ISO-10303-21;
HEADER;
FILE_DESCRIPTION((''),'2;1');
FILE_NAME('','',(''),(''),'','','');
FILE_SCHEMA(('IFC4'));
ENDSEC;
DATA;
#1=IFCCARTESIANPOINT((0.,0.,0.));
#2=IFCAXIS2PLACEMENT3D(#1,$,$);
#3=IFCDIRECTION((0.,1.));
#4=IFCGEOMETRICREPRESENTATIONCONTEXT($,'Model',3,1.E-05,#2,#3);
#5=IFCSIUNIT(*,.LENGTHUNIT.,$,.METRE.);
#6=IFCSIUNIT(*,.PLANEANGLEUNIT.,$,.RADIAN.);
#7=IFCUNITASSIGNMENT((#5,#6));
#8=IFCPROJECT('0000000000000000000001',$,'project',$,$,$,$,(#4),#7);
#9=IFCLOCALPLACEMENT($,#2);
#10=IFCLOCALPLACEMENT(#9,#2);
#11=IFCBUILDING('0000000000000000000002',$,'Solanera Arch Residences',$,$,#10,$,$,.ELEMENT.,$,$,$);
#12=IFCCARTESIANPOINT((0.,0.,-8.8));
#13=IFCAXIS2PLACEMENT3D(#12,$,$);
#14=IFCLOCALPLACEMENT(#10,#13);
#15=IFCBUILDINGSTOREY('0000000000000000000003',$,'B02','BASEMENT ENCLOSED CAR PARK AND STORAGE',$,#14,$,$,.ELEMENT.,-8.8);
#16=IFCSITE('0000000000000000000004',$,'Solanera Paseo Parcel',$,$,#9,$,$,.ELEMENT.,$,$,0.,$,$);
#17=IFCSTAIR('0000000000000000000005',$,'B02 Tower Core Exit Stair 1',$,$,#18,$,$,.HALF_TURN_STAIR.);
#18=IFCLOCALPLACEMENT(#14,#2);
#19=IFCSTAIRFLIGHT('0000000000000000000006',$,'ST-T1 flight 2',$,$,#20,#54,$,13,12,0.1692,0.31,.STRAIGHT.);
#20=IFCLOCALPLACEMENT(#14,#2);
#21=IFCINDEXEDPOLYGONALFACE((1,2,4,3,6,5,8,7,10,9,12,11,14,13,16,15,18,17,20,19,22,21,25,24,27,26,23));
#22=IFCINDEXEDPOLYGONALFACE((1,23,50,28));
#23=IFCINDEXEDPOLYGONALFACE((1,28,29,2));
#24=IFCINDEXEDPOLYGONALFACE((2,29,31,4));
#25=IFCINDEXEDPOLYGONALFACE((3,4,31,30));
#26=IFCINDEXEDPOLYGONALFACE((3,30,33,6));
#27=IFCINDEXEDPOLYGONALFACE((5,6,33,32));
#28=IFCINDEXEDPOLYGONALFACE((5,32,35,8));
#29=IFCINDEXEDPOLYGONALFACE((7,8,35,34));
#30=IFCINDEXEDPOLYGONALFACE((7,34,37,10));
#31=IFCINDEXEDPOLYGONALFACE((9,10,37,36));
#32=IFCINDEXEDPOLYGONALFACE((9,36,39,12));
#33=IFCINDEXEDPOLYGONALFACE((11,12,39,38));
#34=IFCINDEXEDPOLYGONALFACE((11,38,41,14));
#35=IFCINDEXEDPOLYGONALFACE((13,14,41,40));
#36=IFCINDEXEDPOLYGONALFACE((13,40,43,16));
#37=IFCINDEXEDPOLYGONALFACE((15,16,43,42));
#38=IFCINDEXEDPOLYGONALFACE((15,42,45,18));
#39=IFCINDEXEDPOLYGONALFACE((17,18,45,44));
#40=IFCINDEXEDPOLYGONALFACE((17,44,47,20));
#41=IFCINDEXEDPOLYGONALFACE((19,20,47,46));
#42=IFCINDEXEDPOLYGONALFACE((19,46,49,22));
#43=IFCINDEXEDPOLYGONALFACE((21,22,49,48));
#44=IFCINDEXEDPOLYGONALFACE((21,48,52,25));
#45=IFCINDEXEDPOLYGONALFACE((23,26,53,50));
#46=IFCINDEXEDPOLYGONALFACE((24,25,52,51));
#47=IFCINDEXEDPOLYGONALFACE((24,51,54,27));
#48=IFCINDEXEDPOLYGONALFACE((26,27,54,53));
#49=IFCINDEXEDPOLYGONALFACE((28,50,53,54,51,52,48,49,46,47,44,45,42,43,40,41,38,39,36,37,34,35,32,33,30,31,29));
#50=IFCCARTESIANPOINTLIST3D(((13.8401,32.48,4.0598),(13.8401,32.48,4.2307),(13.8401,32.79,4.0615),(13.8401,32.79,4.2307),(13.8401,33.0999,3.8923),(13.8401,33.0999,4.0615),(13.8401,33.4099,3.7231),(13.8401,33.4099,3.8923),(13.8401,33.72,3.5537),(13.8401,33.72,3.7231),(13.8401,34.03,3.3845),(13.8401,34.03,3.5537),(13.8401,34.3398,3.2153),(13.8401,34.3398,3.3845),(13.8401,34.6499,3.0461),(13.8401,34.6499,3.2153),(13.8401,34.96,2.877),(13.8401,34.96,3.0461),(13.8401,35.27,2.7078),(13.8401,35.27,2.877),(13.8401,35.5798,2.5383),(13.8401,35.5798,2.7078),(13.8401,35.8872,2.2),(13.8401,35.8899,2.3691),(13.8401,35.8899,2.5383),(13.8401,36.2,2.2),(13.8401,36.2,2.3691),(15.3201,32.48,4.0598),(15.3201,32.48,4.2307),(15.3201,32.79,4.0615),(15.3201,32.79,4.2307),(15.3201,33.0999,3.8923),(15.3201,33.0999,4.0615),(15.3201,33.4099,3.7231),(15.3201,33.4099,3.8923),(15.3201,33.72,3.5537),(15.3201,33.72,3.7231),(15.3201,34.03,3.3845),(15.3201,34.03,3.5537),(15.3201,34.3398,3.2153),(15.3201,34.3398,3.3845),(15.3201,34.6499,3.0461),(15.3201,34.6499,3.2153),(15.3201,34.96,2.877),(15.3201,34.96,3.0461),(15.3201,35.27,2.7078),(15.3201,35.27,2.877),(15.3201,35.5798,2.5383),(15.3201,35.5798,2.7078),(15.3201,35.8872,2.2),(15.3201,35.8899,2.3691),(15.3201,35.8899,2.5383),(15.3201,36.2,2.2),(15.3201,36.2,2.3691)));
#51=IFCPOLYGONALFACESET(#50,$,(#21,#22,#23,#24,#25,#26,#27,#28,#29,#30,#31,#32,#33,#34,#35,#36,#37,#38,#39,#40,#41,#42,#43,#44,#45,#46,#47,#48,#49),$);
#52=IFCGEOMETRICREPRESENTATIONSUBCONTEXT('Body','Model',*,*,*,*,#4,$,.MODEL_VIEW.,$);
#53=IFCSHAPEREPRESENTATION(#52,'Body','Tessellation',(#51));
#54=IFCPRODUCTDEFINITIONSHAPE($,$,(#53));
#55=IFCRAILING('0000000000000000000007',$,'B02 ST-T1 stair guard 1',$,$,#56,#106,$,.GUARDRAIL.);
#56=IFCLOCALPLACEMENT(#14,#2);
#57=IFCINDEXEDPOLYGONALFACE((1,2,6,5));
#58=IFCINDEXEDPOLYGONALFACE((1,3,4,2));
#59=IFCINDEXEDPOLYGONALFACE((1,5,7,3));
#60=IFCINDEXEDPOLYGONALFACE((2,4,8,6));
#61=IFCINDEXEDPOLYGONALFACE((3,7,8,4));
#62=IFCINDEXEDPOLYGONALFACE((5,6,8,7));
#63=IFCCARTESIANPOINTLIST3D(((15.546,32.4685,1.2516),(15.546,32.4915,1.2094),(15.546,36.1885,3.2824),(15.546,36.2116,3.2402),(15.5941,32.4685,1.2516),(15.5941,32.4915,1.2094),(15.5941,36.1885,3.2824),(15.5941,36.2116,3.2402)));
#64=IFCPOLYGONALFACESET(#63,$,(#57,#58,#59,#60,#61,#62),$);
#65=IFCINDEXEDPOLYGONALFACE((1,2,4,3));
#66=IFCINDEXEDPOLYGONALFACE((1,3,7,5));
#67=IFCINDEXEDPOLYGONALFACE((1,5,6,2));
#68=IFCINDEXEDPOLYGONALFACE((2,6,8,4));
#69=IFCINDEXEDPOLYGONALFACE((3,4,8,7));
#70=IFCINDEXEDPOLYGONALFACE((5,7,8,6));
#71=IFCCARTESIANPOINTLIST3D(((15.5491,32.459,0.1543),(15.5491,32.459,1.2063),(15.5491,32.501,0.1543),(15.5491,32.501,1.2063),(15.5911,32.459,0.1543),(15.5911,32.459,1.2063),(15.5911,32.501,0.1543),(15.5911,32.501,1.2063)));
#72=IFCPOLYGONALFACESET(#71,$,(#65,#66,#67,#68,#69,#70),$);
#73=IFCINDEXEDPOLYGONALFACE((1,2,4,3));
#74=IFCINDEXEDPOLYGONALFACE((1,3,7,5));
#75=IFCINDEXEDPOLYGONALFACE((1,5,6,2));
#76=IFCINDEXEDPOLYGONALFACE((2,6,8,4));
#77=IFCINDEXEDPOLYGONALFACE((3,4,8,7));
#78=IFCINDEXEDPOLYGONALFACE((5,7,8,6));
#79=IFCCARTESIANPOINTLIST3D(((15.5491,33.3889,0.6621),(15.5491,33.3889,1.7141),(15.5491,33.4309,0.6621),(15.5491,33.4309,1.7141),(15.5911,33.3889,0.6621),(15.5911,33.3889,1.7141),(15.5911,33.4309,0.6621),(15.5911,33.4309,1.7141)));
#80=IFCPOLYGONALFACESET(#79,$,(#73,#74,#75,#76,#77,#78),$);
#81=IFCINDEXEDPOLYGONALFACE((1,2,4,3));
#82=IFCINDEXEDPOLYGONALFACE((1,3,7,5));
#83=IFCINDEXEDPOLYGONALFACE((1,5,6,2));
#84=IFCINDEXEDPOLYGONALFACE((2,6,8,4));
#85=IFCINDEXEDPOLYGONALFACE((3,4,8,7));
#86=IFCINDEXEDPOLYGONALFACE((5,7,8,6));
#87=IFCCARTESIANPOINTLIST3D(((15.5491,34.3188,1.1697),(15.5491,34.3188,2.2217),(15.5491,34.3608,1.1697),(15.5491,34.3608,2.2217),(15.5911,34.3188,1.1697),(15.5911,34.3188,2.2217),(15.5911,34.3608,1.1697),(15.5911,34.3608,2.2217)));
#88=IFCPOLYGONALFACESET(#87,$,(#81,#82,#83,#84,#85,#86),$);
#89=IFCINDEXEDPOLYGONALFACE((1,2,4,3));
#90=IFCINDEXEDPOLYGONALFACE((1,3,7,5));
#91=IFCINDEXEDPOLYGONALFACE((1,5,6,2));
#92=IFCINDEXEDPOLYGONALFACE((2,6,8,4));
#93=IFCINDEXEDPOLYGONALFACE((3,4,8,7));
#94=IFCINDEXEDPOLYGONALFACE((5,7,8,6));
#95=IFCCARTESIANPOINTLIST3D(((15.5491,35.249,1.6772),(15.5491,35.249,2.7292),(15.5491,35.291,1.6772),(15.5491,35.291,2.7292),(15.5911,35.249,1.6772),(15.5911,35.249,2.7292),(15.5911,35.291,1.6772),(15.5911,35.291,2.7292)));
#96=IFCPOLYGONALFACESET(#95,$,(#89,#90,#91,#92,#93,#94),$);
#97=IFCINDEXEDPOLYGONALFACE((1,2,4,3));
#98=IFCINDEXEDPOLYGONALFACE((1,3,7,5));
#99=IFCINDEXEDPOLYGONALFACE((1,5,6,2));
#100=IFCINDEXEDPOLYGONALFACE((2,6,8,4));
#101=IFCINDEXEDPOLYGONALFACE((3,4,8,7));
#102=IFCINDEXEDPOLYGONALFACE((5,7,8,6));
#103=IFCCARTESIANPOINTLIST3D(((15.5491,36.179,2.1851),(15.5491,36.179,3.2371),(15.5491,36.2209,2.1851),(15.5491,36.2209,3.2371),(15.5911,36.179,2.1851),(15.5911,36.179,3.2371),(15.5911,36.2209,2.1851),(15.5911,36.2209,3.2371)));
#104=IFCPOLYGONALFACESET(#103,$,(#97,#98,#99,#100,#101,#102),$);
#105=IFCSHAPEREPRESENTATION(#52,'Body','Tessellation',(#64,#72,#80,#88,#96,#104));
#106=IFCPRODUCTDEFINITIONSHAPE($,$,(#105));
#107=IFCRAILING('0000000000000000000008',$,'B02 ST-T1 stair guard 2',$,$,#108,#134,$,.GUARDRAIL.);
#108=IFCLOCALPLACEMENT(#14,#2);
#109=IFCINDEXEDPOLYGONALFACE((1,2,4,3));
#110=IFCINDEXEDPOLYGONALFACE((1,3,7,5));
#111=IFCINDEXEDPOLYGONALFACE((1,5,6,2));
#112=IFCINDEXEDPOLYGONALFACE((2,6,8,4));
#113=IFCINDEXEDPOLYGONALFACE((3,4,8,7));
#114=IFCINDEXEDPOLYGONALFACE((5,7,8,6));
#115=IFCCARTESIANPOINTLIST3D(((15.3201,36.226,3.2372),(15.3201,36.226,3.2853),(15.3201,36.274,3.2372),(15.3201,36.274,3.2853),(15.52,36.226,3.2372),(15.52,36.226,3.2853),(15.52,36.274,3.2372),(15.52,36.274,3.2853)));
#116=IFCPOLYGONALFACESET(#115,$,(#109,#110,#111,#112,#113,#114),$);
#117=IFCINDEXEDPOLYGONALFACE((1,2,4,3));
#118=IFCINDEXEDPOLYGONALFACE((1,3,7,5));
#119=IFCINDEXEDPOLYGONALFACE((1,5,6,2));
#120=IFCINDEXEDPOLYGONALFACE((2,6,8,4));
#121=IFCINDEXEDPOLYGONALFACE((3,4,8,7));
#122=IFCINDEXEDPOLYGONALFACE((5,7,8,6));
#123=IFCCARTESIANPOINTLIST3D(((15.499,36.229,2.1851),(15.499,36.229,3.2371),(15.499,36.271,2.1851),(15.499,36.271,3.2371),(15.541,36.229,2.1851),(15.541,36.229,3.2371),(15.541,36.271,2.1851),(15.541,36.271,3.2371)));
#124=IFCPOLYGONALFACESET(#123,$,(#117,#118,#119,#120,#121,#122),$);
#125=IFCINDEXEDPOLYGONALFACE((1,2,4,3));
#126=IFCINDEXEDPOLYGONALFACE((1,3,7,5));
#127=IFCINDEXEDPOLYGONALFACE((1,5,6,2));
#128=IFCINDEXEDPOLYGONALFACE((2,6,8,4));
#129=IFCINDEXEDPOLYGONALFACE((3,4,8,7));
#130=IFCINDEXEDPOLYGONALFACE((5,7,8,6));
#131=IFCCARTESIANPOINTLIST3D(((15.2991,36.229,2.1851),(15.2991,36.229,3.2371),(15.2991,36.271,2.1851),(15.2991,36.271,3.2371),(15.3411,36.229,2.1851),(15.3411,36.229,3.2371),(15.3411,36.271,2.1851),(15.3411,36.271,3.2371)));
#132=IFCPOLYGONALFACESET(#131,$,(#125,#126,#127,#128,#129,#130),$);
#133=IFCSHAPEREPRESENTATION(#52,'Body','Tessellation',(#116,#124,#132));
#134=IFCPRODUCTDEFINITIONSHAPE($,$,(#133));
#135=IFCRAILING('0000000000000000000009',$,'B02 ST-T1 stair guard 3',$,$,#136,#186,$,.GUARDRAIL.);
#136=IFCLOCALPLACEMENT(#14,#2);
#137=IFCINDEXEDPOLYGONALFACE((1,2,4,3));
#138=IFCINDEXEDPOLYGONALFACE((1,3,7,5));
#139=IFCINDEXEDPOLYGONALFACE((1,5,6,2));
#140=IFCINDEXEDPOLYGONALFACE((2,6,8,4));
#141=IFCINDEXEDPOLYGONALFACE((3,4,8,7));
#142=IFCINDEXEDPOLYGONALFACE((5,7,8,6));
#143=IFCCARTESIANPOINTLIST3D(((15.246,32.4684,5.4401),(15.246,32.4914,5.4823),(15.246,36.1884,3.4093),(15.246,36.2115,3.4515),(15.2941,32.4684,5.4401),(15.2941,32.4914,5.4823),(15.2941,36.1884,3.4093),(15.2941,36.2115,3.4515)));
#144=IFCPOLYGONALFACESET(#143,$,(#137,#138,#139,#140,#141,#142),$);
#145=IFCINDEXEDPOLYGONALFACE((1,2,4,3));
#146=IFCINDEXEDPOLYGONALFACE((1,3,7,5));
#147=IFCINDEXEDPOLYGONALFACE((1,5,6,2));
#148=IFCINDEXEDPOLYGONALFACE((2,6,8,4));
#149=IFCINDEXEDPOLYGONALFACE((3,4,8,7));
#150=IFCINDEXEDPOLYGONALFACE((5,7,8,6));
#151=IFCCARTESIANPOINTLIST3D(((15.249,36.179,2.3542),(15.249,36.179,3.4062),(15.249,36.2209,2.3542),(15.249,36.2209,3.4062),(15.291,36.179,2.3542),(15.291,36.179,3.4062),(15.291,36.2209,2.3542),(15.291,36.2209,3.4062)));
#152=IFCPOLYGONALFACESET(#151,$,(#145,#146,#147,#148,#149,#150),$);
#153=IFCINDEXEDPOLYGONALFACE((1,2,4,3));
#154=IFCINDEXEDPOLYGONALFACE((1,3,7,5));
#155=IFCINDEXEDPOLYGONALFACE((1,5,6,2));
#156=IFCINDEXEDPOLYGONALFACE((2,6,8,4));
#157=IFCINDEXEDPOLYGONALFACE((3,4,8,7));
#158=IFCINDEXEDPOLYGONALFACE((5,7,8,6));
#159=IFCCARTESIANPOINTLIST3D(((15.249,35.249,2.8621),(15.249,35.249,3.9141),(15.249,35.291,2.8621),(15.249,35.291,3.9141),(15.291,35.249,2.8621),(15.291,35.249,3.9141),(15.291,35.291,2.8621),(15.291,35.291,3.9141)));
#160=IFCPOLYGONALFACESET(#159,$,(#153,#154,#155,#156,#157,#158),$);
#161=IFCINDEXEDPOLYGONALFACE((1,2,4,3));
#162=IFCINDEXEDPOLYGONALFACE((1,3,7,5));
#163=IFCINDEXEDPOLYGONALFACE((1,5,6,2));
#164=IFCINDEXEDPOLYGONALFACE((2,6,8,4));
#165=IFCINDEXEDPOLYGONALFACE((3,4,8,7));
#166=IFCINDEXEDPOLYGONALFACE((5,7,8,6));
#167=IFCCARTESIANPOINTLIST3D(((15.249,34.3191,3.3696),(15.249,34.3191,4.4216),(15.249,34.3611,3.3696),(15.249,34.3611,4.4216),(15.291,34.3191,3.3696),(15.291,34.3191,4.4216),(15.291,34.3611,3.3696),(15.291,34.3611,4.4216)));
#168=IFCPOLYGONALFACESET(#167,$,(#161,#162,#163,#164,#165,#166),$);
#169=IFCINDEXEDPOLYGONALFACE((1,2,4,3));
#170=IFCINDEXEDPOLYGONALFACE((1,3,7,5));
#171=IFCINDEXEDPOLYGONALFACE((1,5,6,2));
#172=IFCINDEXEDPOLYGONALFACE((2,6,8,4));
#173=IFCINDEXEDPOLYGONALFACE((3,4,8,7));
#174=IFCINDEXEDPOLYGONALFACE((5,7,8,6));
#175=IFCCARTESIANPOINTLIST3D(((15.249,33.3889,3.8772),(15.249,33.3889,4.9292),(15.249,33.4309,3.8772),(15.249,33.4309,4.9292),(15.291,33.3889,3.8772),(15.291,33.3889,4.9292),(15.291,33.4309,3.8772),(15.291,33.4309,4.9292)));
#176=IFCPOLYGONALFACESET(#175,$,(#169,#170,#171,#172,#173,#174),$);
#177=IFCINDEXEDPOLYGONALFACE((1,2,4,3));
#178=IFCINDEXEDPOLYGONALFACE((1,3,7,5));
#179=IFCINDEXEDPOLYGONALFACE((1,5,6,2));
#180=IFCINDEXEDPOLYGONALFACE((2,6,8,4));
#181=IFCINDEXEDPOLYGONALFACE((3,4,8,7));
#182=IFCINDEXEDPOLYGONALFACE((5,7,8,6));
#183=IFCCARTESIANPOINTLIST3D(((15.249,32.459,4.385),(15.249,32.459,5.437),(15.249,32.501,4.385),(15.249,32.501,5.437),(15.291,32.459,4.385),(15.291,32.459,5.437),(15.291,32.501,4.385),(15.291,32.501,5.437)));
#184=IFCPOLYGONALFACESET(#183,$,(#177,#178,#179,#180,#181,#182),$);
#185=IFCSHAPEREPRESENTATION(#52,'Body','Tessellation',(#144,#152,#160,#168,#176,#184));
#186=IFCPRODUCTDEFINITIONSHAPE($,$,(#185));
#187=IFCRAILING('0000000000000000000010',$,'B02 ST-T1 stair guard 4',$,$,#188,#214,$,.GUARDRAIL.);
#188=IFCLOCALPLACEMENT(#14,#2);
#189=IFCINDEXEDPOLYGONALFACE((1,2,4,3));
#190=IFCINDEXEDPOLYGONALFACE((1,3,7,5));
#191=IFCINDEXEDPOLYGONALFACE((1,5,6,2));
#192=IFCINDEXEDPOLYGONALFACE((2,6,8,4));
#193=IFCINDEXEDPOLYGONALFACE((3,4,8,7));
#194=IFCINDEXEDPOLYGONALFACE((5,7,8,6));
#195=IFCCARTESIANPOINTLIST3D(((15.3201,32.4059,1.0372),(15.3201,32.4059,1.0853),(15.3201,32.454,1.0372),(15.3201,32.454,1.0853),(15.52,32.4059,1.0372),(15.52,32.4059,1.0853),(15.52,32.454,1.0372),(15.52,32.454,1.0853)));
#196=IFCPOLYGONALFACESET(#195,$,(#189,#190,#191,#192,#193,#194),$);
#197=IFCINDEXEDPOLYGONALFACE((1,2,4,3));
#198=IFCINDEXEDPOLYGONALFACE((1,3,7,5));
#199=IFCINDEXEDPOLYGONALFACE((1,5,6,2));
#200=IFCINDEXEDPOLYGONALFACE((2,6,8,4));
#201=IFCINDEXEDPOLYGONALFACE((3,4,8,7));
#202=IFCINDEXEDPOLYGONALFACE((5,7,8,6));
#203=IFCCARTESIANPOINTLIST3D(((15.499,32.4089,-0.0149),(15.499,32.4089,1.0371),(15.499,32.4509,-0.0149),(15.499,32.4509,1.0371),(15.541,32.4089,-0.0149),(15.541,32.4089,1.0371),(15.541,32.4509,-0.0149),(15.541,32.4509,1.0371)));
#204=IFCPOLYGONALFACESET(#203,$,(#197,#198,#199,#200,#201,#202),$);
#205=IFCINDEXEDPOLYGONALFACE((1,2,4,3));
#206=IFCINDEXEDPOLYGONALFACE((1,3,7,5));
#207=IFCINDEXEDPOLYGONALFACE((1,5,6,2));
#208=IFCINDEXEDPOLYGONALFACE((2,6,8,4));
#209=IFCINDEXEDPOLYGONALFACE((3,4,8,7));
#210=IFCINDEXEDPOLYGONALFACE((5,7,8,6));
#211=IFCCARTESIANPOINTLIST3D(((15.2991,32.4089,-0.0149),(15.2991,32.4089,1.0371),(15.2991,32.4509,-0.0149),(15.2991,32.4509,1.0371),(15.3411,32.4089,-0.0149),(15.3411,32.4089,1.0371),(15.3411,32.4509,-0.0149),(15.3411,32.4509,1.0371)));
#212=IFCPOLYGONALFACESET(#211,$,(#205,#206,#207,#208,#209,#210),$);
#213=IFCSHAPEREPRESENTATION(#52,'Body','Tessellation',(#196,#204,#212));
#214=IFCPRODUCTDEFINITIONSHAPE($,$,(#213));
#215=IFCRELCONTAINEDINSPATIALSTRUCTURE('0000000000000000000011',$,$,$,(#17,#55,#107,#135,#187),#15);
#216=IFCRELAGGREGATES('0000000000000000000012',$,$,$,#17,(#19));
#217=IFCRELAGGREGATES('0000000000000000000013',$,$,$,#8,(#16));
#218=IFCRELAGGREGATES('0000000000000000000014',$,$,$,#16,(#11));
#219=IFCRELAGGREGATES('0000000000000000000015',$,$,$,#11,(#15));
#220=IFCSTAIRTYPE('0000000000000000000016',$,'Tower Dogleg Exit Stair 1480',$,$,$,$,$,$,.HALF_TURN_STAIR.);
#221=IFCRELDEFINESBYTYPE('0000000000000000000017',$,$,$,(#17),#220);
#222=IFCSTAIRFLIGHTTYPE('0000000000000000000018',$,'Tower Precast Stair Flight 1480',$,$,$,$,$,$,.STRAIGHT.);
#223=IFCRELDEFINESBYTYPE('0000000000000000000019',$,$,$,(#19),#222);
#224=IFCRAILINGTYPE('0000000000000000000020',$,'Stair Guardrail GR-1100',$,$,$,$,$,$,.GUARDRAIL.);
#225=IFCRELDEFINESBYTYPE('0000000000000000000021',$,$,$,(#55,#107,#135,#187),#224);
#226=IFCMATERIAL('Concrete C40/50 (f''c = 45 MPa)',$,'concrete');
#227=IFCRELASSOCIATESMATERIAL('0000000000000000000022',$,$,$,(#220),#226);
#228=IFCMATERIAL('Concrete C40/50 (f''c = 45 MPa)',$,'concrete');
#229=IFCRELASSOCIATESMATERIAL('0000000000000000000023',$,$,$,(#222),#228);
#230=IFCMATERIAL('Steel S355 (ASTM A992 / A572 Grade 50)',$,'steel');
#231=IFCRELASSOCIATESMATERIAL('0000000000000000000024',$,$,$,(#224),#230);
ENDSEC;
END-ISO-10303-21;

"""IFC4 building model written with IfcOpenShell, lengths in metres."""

from ifc_helpers import new_model, si_unit, direction, frame, origin, origin_2d, place, context, subcontext, project, spatial, polyline, rectangle, outline, extrude, material, type_object, element, aggregate, save


model = new_model("IFC4")

# Units and contexts
model_context = context("Model", 3, precision=1e-05, world=origin(), true_north=direction((0.0, 1.0)))
body_context = subcontext(model_context, "Body", "Model", "MODEL_VIEW")
ifc_project = project(units=[si_unit("LENGTHUNIT", "METRE"), si_unit("PLANEANGLEUNIT", "RADIAN")], contexts=[model_context])

# Site, building, storey
site_placement = place(None, origin())
site = spatial("IfcSite", under=ifc_project, at=site_placement, Name="Solanera Paseo Parcel", CompositionType="ELEMENT", RefElevation=0.0)
building_placement = place(site_placement, origin())
building = spatial("IfcBuilding", under=site, at=building_placement, Name="Solanera Arch Residences", CompositionType="ELEMENT")
storey_placement = place(building_placement, frame((0.0, 0.0, -8.8)))
storey = spatial("IfcBuildingStorey", under=building, at=storey_placement, Name="B02", Description="BASEMENT ENCLOSED CAR PARK AND STORAGE", CompositionType="ELEMENT", Elevation=-8.8)

# Stair, stair flight
ifc_material_1 = material(Name="Concrete C40/50 (f'c = 45 MPa)", Category="concrete")
stair_type = type_object("IfcStairType", Name="Tower Dogleg Exit Stair 1480", PredefinedType="HALF_TURN_STAIR", material=ifc_material_1)
stair_placement = place(storey_placement, origin())
stair = element("IfcStair", 1, at=stair_placement, inside=storey, type_object=stair_type, Name="B02 Tower Core Exit Stair 1", PredefinedType="HALF_TURN_STAIR")
ifc_material_2 = material(Name="Concrete C40/50 (f'c = 45 MPa)", Category="concrete")
stair_flight_type = type_object("IfcStairFlightType", Name="Tower Precast Stair Flight 1480", PredefinedType="STRAIGHT", material=ifc_material_2)
stair_flight_1_placement = place(storey_placement, frame((14.5801, 36.2, 2.2), z_axis=(0.0, 0.0, 1.0), x_axis=(0.0, -1.0, 0.0)))
stair_flight_1 = element("IfcStairFlight", 2, at=stair_flight_1_placement, type_object=stair_flight_type, Name="ST-T1 flight 2", NumberOfRisers=13, NumberOfTreads=12, PredefinedType="STRAIGHT", RiserHeight=0.1692, TreadLength=0.31, context=body_context, shape_type="SweptSolid", body=[
    extrude(outline(polyline([(0.0, 0.0), (0.0, 0.1692), (0.3101, 0.1692), (0.3101, 0.3384), (0.6201, 0.3384), (0.6201, 0.5078), (0.9299, 0.5078), (0.9299, 0.677), (1.24, 0.677), (1.24, 0.8462), (1.55, 0.8462), (1.55, 1.0154), (1.8601, 1.0154), (1.8601, 1.1846), (2.1699, 1.1846), (2.1699, 1.3538), (2.48, 1.3538), (2.48, 1.5232), (2.79, 1.5232), (2.79, 1.6924), (3.1001, 1.6924), (3.1001, 1.8616), (3.4099, 1.8616), (3.4099, 2.0308), (3.72, 2.0308), (3.72, 2.2), (3.72, 1.8599), (0.3127, 0.0), (0.0, 0.0)])), frame((0.0, 0.74, 0.0), z_axis=(0.0, -1.0, 0.0), x_axis=(1.0, 0.0, 0.0)), (0.0, 0.0, 1.0), 1.48),
])
aggregate(stair, [stair_flight_1])

# Railings
ifc_material_3 = material(Name="Steel S355 (ASTM A992 / A572 Grade 50)", Category="steel")
railing_type_1 = type_object("IfcRailingType", Name="Stair Guardrail GR-1100", PredefinedType="GUARDRAIL", material=ifc_material_3)
railing_1_placement = place(storey_placement, frame((15.5701, 32.48, 0.1543)))
element("IfcRailing", 3, at=railing_1_placement, inside=storey, type_object=railing_type_1, Name="B02 ST-T1 stair guard 1", PredefinedType="GUARDRAIL", context=body_context, shape_type="SweptSolid", body=[
    extrude(rectangle(XDim=0.0481, YDim=0.0481, at=origin_2d()), frame((0.0, 0.0, 1.0762), z_axis=(0.0, 0.877728, 0.479159), x_axis=(-1.0, 0.0, 0.0)), (0.0, 0.0, 1.0), 4.2383),
    extrude(rectangle(XDim=0.042, YDim=0.042, at=origin_2d()), origin(), (0.0, 0.0, 1.0), 1.052),
    extrude(rectangle(XDim=0.042, YDim=0.042, at=origin_2d()), frame((0.0, 0.9299, 0.5078)), (0.0, 0.0, 1.0), 1.052),
    extrude(rectangle(XDim=0.042, YDim=0.042, at=origin_2d()), frame((0.0, 1.8599, 1.0154)), (0.0, 0.0, 1.0), 1.052),
    extrude(rectangle(XDim=0.042, YDim=0.042, at=origin_2d()), frame((0.0, 2.79, 1.5229)), (0.0, 0.0, 1.0), 1.052),
    extrude(rectangle(XDim=0.042, YDim=0.042, at=origin_2d()), frame((0.0, 3.72, 2.0308)), (0.0, 0.0, 1.0), 1.052),
])
railing_2_placement = place(storey_placement, frame((15.52, 36.25, 2.1851)))
element("IfcRailing", 4, at=railing_2_placement, inside=storey, type_object=railing_type_1, Name="B02 ST-T1 stair guard 2", PredefinedType="GUARDRAIL", context=body_context, shape_type="SweptSolid", body=[
    extrude(rectangle(XDim=0.0481, YDim=0.0481, at=origin_2d()), frame((0.0, 0.0, 1.0762), z_axis=(-1.0, 0.0, 0.0), x_axis=(0.0, -1.0, 0.0)), (0.0, 0.0, 1.0), 0.2),
    extrude(rectangle(XDim=0.042, YDim=0.042, at=origin_2d()), origin(), (0.0, 0.0, 1.0), 1.052),
    extrude(rectangle(XDim=0.042, YDim=0.042, at=origin_2d()), frame((-0.2, 0.0, 0.0)), (0.0, 0.0, 1.0), 1.052),
])
railing_3_placement = place(storey_placement, frame((15.27, 36.2, 2.3542)))
element("IfcRailing", 5, at=railing_3_placement, inside=storey, type_object=railing_type_1, Name="B02 ST-T1 stair guard 3", PredefinedType="GUARDRAIL", context=body_context, shape_type="SweptSolid", body=[
    extrude(rectangle(XDim=0.0481, YDim=0.0481, at=origin_2d()), frame((0.0, 0.0, 1.0762), z_axis=(0.0, -0.877728, 0.479159), x_axis=(1.0, 0.0, 0.0)), (0.0, 0.0, 1.0), 4.2383),
    extrude(rectangle(XDim=0.042, YDim=0.042, at=origin_2d()), origin(), (0.0, 0.0, 1.0), 1.052),
    extrude(rectangle(XDim=0.042, YDim=0.042, at=origin_2d()), frame((0.0, -0.9299, 0.5078)), (0.0, 0.0, 1.0), 1.052),
    extrude(rectangle(XDim=0.042, YDim=0.042, at=origin_2d()), frame((0.0, -1.8599, 1.0154)), (0.0, 0.0, 1.0), 1.052),
    extrude(rectangle(XDim=0.042, YDim=0.042, at=origin_2d()), frame((0.0, -2.79, 1.5229)), (0.0, 0.0, 1.0), 1.052),
    extrude(rectangle(XDim=0.042, YDim=0.042, at=origin_2d()), frame((0.0, -3.72, 2.0308)), (0.0, 0.0, 1.0), 1.052),
])
railing_4_placement = place(storey_placement, frame((15.52, 32.4299, -0.0149)))
element("IfcRailing", 6, at=railing_4_placement, inside=storey, type_object=railing_type_1, Name="B02 ST-T1 stair guard 4", PredefinedType="GUARDRAIL", context=body_context, shape_type="SweptSolid", body=[
    extrude(rectangle(XDim=0.0481, YDim=0.0481, at=origin_2d()), frame((0.0, 0.0, 1.0762), z_axis=(-1.0, 0.0, 0.0), x_axis=(0.0, -1.0, 0.0)), (0.0, 0.0, 1.0), 0.2),
    extrude(rectangle(XDim=0.042, YDim=0.042, at=origin_2d()), origin(), (0.0, 0.0, 1.0), 1.052),
    extrude(rectangle(XDim=0.042, YDim=0.042, at=origin_2d()), frame((-0.2, 0.0, 0.0)), (0.0, 0.0, 1.0), 1.052),
])

save(model, "model.ifc")
